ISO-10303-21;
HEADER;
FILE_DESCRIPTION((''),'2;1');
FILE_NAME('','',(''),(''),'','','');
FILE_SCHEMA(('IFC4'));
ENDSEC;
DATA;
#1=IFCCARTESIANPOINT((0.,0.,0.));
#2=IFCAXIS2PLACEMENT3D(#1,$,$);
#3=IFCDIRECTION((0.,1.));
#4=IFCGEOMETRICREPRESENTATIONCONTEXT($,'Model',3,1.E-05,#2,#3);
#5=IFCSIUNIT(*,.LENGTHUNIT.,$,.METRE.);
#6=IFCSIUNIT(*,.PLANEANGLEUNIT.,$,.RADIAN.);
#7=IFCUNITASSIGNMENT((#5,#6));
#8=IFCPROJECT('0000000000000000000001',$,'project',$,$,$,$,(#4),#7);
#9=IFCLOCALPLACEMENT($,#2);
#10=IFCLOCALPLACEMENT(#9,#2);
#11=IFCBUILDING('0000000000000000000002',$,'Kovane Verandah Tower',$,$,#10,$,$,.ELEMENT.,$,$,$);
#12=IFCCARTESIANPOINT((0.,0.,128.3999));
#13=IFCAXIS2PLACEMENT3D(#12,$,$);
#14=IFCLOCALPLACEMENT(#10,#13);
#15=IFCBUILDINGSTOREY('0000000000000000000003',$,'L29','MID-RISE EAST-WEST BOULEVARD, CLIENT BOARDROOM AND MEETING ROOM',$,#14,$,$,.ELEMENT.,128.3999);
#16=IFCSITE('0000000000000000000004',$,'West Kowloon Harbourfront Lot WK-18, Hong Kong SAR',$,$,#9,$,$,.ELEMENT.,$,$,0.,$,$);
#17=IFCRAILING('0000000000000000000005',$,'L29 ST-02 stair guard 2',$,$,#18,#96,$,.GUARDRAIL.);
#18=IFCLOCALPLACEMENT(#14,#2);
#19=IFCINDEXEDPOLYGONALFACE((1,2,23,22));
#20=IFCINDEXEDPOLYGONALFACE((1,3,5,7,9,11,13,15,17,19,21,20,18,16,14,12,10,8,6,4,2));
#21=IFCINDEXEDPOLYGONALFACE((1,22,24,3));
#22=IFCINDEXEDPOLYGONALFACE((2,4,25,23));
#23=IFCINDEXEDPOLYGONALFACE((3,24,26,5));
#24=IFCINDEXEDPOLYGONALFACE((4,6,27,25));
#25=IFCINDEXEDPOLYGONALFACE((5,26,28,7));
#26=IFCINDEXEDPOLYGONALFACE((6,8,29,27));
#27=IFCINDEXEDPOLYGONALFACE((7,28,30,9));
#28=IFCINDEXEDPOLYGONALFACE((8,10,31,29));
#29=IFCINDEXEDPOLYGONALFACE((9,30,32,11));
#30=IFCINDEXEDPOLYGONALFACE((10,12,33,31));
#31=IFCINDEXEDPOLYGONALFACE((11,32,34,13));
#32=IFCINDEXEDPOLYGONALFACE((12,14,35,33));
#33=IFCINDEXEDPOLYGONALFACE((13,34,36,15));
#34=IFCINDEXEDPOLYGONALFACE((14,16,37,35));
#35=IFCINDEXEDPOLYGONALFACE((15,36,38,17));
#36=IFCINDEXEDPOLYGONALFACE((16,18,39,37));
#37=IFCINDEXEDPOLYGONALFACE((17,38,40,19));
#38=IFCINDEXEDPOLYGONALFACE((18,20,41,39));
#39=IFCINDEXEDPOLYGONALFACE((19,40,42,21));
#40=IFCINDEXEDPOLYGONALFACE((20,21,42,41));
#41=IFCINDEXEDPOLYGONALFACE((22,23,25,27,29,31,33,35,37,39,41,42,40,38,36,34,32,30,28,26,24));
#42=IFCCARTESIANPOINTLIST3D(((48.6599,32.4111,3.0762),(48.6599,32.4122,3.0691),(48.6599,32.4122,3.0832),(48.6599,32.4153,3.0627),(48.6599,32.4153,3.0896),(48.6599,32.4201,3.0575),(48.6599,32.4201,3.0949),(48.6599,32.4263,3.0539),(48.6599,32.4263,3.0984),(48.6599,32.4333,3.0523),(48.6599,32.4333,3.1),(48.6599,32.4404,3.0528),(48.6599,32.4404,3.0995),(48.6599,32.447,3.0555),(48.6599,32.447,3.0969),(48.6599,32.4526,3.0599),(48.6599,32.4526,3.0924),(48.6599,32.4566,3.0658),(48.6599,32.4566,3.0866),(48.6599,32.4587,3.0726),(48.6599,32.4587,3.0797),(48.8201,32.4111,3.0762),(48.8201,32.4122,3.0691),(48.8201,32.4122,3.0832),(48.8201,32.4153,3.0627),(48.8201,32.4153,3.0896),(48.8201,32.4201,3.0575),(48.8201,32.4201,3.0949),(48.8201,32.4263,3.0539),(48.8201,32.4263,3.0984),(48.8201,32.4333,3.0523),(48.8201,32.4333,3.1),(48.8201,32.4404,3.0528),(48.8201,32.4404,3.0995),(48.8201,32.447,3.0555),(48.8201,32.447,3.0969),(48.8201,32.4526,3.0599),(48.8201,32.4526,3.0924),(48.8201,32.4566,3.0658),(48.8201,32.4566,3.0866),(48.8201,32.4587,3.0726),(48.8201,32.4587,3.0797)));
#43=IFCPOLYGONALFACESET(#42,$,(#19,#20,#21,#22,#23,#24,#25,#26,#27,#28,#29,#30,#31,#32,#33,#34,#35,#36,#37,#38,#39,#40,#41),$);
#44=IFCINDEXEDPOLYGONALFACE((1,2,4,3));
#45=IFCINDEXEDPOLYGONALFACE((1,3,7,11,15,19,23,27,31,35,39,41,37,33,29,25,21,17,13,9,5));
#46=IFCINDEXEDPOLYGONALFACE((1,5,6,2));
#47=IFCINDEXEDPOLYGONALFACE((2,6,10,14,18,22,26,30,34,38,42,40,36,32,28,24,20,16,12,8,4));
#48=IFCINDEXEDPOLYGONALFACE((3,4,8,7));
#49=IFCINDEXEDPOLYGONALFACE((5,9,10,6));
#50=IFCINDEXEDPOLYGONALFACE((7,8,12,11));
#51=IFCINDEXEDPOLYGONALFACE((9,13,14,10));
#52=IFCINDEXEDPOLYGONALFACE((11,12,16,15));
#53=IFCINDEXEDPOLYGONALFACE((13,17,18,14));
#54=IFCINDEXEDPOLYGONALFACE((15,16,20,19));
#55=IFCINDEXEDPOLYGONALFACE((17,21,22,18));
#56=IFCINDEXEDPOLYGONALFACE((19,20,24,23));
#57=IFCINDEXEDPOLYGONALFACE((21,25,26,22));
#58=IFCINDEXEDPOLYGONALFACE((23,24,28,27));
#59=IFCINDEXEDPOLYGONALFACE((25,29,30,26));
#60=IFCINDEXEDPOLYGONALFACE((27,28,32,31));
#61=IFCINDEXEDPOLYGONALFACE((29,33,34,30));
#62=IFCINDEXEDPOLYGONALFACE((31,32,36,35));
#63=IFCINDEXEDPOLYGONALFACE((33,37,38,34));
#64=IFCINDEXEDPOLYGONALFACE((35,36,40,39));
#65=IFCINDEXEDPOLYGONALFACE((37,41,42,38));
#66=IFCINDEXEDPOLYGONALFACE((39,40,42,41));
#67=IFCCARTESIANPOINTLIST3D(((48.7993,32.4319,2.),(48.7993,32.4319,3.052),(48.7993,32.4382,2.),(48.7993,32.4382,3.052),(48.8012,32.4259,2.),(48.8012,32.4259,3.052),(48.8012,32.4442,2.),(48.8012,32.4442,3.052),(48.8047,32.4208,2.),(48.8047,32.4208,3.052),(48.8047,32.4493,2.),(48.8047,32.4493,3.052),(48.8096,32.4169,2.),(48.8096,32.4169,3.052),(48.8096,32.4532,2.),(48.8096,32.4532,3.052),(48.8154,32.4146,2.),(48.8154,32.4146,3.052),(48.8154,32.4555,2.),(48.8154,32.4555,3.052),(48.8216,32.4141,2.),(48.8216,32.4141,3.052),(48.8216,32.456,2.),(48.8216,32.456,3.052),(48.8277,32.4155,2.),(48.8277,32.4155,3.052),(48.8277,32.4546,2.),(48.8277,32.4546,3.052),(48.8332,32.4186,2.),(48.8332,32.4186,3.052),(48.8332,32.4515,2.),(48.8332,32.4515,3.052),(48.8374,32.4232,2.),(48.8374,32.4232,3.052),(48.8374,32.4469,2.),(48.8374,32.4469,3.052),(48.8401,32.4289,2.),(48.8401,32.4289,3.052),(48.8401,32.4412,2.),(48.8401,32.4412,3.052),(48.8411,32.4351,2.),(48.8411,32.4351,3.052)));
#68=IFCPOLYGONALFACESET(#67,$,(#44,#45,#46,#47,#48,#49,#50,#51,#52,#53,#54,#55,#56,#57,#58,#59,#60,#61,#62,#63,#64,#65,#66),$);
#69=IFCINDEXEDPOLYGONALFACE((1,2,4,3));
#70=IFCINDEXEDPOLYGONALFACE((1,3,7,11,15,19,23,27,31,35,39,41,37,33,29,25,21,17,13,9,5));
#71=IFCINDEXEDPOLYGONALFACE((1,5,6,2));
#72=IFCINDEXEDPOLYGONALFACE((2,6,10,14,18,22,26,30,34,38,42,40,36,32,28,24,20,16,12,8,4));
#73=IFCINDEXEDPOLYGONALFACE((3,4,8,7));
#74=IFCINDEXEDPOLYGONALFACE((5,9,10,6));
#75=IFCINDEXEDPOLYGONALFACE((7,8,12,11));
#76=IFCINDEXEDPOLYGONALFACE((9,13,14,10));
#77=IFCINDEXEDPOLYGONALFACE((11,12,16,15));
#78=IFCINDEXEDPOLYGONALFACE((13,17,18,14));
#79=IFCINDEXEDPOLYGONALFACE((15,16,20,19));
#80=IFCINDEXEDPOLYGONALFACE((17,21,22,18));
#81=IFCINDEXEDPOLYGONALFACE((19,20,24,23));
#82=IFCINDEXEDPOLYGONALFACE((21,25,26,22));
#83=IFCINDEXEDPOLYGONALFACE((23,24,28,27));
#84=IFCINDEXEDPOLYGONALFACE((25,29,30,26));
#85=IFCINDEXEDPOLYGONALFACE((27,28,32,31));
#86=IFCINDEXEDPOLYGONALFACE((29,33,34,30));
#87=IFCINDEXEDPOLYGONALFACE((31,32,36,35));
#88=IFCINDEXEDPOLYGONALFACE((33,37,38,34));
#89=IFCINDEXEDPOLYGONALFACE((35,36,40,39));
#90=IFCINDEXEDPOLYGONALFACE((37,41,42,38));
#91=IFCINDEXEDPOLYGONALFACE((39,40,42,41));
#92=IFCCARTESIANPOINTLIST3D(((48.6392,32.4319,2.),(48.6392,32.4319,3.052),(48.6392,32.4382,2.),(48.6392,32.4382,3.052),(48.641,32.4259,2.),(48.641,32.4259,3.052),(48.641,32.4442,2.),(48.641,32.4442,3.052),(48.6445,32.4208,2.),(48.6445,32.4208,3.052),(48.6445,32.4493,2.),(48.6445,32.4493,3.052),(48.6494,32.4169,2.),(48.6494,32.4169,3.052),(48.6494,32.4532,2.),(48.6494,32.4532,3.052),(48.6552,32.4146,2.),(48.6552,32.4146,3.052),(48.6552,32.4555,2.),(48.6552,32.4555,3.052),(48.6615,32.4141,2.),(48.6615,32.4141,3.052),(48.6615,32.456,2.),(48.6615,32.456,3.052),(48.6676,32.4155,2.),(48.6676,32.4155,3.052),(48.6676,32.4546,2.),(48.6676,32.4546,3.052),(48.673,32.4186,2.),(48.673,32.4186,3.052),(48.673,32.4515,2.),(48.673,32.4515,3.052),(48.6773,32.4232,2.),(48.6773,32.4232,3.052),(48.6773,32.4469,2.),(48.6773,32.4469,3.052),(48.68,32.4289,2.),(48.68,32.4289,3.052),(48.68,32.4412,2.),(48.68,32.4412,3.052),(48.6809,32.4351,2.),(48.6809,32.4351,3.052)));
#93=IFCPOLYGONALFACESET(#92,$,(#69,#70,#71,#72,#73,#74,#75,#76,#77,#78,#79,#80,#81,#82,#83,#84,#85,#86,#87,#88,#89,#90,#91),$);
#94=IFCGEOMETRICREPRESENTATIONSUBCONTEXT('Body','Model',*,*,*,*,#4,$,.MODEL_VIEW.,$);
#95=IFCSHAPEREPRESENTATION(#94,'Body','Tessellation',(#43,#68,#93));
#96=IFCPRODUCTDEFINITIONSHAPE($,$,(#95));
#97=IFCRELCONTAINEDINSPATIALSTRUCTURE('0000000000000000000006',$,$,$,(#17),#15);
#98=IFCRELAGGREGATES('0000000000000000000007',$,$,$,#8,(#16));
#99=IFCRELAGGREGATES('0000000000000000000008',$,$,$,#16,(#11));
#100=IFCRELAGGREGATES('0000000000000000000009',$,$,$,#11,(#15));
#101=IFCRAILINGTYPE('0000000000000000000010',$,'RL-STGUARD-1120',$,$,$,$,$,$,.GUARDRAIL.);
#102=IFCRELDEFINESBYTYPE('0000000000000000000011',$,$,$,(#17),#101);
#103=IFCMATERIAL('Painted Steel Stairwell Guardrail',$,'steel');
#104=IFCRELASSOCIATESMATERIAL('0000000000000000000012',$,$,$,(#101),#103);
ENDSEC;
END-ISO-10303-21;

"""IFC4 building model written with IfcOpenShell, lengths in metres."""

from ifc_helpers import new_model, si_unit, direction, frame, origin, origin_2d, place, context, subcontext, project, spatial, circle, extrude, material, type_object, element, save


model = new_model("IFC4")

# Units and contexts
model_context = context("Model", 3, precision=1e-05, world=origin(), true_north=direction((0.0, 1.0)))
body_context = subcontext(model_context, "Body", "Model", "MODEL_VIEW")
ifc_project = project(units=[si_unit("LENGTHUNIT", "METRE"), si_unit("PLANEANGLEUNIT", "RADIAN")], contexts=[model_context])

# Site, building, storey
site_placement = place(None, origin())
site = spatial("IfcSite", under=ifc_project, at=site_placement, Name="West Kowloon Harbourfront Lot WK-18, Hong Kong SAR", CompositionType="ELEMENT", RefElevation=0.0)
building_placement = place(site_placement, origin())
building = spatial("IfcBuilding", under=site, at=building_placement, Name="Kovane Verandah Tower", CompositionType="ELEMENT")
storey_placement = place(building_placement, frame((0.0, 0.0, 128.3999)))
storey = spatial("IfcBuildingStorey", under=building, at=storey_placement, Name="L29", Description="MID-RISE EAST-WEST BOULEVARD, CLIENT BOARDROOM AND MEETING ROOM", CompositionType="ELEMENT", Elevation=128.3999)

# Railing
ifc_material_1 = material(Name="Painted Steel Stairwell Guardrail", Category="steel")
railing_type_1 = type_object("IfcRailingType", Name="RL-STGUARD-1120", PredefinedType="GUARDRAIL", material=ifc_material_1)
railing_1_placement = place(storey_placement, frame((48.8201, 32.4351, 2.0)))
element("IfcRailing", 1, at=railing_1_placement, inside=storey, type_object=railing_type_1, Name="L29 ST-02 stair guard 2", PredefinedType="GUARDRAIL", context=body_context, shape_type="SweptSolid", body=[
    extrude(circle(Radius=0.0239, at=origin_2d()), frame((0.0, 0.0, 1.0762), z_axis=(-1.0, 0.0, 0.0), x_axis=(0.0, -1.0, 0.0)), (0.0, 0.0, 1.0), 0.1602),
    extrude(circle(Radius=0.021, at=origin_2d()), origin(), (0.0, 0.0, 1.0), 1.052),
    extrude(circle(Radius=0.021, at=origin_2d()), frame((-0.1602, 0.0, 0.0)), (0.0, 0.0, 1.0), 1.052),
])

save(model, "model.ifc")
